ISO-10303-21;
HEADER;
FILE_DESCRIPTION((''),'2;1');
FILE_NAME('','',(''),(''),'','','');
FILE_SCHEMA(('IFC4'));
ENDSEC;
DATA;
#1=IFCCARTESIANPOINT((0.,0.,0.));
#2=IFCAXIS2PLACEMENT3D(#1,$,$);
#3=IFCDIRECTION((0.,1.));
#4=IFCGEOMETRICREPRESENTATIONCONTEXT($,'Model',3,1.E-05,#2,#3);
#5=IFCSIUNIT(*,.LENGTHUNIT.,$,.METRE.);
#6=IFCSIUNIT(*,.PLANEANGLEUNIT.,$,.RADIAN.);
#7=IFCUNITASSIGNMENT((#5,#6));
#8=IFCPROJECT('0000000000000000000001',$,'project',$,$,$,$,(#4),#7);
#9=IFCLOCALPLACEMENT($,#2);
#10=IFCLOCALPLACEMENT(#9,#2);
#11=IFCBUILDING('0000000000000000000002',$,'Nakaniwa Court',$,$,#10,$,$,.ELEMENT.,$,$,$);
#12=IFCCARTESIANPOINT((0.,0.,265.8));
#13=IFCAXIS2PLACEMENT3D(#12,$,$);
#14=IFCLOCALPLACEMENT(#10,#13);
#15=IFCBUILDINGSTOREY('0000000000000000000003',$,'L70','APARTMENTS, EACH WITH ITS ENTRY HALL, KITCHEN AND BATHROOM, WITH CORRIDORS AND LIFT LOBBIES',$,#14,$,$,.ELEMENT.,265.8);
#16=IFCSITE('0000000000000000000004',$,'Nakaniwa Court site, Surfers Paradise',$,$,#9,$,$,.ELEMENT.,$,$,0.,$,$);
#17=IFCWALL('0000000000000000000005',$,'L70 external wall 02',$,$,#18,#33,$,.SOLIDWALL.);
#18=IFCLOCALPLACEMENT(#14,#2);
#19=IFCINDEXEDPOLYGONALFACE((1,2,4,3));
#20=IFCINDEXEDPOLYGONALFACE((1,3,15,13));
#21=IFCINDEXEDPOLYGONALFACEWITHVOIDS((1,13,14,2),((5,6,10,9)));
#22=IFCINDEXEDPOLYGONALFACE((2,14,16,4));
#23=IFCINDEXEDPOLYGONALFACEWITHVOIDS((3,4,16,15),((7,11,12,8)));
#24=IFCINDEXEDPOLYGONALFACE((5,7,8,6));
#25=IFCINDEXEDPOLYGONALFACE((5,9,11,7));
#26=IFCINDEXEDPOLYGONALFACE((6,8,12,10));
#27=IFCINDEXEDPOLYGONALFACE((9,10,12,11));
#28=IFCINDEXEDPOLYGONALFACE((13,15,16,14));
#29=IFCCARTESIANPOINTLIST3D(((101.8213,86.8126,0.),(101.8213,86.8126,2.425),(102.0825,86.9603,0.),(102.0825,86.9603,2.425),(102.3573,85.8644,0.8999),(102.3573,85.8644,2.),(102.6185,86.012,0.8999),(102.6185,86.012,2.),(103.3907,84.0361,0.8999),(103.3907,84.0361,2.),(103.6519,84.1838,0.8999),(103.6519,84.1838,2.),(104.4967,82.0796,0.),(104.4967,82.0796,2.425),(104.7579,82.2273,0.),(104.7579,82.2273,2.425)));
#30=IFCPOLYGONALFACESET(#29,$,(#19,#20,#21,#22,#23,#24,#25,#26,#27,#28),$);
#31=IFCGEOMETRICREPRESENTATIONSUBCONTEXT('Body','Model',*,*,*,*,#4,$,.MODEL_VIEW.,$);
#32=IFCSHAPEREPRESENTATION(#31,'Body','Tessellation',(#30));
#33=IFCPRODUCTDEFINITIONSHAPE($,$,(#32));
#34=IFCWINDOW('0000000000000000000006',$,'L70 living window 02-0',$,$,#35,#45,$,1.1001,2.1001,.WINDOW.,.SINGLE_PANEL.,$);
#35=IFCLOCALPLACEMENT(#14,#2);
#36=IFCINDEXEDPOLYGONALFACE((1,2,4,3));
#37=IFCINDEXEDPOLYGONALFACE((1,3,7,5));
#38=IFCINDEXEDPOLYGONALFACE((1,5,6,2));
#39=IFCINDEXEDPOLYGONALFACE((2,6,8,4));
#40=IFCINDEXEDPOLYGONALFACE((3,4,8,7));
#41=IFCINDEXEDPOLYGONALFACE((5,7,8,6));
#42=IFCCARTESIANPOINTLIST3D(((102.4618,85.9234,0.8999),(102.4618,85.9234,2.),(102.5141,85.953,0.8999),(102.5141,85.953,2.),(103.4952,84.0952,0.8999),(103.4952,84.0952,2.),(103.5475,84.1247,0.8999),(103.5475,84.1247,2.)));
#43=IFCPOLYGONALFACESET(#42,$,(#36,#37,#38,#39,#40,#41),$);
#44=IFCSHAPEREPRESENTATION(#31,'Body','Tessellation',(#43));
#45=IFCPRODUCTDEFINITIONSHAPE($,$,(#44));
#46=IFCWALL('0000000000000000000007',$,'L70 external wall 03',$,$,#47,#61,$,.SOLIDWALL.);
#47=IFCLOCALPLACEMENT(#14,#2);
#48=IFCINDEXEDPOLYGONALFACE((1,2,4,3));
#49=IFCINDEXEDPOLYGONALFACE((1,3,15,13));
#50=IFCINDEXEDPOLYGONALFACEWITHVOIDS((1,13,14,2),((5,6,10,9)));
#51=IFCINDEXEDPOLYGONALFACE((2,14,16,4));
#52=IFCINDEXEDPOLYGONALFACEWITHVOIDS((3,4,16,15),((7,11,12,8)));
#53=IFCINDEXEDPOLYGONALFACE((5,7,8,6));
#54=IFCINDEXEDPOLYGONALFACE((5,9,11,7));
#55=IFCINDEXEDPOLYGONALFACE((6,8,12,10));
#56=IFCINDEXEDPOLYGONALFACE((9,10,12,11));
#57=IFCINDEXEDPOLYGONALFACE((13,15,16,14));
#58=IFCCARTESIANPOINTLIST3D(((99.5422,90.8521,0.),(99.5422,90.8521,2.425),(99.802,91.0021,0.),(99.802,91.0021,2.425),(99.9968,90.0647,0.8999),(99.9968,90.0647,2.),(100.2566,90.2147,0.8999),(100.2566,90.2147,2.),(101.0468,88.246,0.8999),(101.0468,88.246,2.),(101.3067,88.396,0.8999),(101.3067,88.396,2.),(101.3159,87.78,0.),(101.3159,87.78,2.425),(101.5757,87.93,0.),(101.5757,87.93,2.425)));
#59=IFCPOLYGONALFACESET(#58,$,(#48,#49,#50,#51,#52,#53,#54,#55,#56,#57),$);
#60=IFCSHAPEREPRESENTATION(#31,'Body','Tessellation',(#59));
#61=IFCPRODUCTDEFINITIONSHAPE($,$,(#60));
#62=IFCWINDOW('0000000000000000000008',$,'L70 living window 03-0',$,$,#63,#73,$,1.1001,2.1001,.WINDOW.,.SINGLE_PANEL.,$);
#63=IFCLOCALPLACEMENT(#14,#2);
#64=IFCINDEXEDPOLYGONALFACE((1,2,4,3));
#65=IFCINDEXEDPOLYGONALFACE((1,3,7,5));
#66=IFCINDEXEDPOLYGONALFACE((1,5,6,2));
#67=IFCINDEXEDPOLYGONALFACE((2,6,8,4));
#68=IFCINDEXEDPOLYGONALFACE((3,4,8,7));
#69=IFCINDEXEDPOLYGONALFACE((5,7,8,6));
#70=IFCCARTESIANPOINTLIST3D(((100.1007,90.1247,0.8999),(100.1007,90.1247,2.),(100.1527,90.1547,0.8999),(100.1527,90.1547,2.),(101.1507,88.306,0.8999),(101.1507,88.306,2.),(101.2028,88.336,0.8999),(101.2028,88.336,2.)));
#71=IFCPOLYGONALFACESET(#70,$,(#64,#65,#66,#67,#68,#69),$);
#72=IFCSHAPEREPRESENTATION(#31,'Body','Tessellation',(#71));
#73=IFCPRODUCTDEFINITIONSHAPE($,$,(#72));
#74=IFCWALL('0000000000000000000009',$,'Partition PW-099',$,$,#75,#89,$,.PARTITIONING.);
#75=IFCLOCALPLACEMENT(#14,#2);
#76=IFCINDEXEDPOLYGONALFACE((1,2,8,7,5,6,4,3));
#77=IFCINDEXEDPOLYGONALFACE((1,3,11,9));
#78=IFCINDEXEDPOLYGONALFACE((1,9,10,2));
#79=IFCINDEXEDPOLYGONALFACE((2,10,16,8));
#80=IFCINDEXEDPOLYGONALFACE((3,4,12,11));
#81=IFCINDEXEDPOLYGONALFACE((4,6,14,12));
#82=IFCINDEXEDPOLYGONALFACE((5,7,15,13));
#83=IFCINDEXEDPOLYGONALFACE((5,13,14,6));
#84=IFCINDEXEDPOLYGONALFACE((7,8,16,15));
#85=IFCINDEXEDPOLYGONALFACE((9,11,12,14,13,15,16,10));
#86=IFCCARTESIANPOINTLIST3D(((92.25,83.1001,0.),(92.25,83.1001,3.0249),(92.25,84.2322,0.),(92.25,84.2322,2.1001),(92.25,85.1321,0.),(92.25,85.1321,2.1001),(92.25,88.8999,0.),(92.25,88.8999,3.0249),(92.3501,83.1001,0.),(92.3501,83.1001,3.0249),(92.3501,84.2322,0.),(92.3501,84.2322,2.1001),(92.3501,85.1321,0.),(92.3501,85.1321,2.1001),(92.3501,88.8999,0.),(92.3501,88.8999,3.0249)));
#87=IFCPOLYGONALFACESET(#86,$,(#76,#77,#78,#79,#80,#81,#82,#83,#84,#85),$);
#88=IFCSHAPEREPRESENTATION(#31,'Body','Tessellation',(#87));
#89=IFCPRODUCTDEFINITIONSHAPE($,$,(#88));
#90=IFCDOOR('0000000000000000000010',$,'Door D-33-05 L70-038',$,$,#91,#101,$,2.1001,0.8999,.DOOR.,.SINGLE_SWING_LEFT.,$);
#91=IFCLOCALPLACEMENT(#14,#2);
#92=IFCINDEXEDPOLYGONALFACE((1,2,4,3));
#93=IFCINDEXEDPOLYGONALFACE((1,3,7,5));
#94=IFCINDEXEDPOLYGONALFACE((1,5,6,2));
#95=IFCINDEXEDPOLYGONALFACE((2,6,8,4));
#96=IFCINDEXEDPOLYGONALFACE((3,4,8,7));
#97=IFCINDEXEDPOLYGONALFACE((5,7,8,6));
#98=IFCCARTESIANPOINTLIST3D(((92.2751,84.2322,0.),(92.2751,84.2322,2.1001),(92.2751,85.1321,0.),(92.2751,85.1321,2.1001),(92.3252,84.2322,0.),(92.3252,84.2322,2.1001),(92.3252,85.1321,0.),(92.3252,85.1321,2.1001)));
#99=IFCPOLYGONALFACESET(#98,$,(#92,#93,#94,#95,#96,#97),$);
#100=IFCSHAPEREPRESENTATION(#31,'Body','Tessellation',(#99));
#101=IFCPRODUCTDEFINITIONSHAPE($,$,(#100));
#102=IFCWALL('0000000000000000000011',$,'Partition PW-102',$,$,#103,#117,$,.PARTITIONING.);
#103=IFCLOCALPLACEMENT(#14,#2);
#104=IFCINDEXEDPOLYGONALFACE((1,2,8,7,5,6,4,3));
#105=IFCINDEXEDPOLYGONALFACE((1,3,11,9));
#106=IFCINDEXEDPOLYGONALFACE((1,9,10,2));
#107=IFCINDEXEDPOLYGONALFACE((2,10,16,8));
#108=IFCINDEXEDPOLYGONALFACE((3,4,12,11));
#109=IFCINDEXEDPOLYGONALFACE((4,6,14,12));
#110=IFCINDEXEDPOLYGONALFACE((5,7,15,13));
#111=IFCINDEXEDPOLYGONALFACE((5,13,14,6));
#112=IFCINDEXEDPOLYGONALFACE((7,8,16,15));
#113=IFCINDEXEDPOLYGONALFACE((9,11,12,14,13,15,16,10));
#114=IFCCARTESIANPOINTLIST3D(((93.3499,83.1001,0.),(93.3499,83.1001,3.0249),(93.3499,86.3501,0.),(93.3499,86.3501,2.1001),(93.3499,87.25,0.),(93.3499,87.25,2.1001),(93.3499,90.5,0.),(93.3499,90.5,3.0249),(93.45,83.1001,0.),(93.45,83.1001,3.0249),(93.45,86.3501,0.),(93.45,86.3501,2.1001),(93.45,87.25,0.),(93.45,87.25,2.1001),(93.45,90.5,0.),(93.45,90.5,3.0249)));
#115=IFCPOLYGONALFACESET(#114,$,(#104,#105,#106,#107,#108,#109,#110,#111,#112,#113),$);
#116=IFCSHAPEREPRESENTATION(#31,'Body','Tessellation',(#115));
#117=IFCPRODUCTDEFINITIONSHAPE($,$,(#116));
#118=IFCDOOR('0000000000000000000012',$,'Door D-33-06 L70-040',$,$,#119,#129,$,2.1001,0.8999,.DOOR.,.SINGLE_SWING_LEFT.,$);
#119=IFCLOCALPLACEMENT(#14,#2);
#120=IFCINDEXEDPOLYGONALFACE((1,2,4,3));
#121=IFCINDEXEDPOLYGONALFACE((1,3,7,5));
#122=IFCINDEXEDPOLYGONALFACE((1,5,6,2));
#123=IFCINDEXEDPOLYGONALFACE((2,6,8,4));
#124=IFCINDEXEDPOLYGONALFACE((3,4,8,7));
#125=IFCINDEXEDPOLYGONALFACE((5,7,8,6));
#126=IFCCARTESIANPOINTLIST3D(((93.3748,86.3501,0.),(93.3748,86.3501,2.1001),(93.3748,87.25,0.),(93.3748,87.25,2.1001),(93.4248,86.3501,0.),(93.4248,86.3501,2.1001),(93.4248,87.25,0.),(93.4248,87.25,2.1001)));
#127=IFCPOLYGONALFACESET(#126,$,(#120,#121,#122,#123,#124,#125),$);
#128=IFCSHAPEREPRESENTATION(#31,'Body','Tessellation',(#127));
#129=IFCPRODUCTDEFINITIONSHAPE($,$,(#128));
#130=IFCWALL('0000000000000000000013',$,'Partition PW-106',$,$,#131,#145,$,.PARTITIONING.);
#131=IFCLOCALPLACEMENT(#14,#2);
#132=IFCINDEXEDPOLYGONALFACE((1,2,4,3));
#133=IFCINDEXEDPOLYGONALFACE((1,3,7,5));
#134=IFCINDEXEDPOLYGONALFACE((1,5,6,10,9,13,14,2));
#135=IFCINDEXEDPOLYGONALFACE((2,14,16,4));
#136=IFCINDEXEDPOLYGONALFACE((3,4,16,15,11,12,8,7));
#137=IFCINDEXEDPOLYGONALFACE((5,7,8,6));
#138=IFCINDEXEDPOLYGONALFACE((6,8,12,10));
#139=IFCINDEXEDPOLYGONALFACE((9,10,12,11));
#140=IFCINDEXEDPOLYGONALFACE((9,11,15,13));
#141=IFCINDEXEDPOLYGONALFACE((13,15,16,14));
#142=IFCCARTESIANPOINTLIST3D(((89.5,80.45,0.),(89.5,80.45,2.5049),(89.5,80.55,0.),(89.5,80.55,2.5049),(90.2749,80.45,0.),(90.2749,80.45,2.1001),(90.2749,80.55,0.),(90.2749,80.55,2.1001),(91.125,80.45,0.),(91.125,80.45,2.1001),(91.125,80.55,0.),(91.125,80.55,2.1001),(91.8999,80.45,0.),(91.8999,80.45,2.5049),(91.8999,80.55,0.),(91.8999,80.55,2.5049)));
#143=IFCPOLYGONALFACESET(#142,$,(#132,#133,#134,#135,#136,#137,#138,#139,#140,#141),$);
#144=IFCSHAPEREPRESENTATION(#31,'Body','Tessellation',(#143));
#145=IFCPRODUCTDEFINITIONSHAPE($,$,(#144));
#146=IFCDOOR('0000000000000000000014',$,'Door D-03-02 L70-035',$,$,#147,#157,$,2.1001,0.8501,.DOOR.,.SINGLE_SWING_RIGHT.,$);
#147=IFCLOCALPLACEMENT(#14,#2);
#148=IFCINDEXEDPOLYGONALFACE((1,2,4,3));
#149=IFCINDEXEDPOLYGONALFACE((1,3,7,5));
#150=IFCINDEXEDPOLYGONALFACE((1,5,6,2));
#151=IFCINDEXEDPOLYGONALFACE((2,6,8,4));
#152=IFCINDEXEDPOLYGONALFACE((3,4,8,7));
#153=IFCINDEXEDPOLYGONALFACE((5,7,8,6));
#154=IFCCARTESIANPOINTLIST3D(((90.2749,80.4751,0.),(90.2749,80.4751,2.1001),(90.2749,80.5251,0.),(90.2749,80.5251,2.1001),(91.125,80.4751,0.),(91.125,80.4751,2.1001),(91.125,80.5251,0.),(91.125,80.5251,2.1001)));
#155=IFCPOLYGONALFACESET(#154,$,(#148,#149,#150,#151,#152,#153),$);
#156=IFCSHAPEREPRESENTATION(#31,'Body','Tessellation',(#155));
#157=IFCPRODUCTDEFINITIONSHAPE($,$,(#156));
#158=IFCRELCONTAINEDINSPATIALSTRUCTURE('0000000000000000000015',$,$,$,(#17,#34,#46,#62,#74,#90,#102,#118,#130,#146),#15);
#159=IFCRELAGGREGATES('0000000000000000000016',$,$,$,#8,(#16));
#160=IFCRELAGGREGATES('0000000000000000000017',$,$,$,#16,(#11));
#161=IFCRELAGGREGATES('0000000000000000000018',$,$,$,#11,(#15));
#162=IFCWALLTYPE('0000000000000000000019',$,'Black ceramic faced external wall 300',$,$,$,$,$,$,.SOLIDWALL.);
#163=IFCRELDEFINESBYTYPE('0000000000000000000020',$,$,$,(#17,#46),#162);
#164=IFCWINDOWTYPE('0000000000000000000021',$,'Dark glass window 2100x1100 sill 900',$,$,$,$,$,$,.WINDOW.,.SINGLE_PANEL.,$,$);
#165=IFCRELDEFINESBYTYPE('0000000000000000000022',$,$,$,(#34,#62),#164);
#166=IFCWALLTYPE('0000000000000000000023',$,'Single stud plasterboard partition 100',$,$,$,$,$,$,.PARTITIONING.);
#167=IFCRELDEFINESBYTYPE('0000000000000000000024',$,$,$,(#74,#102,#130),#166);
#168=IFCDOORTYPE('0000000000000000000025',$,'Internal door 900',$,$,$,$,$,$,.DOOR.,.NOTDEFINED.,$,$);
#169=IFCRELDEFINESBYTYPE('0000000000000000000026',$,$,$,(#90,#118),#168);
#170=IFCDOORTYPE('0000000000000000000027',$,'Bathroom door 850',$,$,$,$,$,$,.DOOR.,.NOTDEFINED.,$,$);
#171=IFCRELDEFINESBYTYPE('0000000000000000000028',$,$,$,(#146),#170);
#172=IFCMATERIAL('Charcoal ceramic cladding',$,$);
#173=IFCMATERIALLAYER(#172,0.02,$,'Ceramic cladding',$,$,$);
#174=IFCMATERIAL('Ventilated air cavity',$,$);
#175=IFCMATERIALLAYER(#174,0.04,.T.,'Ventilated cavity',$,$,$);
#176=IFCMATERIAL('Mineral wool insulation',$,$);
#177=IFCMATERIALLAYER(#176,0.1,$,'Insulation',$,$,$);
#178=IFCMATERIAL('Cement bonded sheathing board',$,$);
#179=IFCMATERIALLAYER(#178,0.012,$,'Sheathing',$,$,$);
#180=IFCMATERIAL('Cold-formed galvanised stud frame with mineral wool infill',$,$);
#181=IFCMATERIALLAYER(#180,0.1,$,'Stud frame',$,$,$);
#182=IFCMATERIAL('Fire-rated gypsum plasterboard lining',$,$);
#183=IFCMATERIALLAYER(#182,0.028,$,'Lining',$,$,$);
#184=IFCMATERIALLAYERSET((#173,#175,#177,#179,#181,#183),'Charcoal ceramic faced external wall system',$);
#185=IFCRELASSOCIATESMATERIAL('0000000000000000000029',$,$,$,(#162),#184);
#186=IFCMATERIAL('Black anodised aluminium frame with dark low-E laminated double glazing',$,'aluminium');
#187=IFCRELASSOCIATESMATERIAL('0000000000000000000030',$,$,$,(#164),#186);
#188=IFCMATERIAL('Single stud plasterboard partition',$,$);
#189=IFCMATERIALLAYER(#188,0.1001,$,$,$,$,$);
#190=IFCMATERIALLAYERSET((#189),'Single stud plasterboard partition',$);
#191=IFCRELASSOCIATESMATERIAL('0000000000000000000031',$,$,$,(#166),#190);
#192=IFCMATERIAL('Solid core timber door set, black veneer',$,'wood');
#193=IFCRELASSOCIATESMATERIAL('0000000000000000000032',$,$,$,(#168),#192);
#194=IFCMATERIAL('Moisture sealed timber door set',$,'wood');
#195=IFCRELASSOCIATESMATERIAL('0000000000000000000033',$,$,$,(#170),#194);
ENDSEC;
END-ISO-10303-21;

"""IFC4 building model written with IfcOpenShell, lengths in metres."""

from ifc_helpers import new_model, si_unit, direction, frame, frame_2d, origin, place, context, subcontext, project, spatial, rectangle, extrude, material, layer, layer_set, type_object, element, fill, save


model = new_model("IFC4")

# Units and contexts
model_context = context("Model", 3, precision=1e-05, world=origin(), true_north=direction((0.0, 1.0)))
body_context = subcontext(model_context, "Body", "Model", "MODEL_VIEW")
ifc_project = project(units=[si_unit("LENGTHUNIT", "METRE"), si_unit("PLANEANGLEUNIT", "RADIAN")], contexts=[model_context])

# Site, building, storey
site_placement = place(None, origin())
site = spatial("IfcSite", under=ifc_project, at=site_placement, Name="Nakaniwa Court site, Surfers Paradise", CompositionType="ELEMENT", RefElevation=0.0)
building_placement = place(site_placement, origin())
building = spatial("IfcBuilding", under=site, at=building_placement, Name="Nakaniwa Court", CompositionType="ELEMENT")
storey_placement = place(building_placement, frame((0.0, 0.0, 265.8)))
storey = spatial("IfcBuildingStorey", under=building, at=storey_placement, Name="L70", Description="APARTMENTS, EACH WITH ITS ENTRY HALL, KITCHEN AND BATHROOM, WITH CORRIDORS AND LIFT LOBBIES", CompositionType="ELEMENT", Elevation=265.8)

# Shared definitions
ifc_material_1 = material(Name="Charcoal ceramic cladding")
ifc_layer_1 = layer(ifc_material_1, 0.02, Name="Ceramic cladding")
ifc_material_2 = material(Name="Ventilated air cavity")
ifc_layer_2 = layer(ifc_material_2, 0.04, ventilated=True, Name="Ventilated cavity")
ifc_material_3 = material(Name="Mineral wool insulation")
ifc_layer_3 = layer(ifc_material_3, 0.1, Name="Insulation")
ifc_material_4 = material(Name="Cement bonded sheathing board")
ifc_layer_4 = layer(ifc_material_4, 0.012, Name="Sheathing")
ifc_material_5 = material(Name="Cold-formed galvanised stud frame with mineral wool infill")
ifc_layer_5 = layer(ifc_material_5, 0.1, Name="Stud frame")
ifc_material_6 = material(Name="Fire-rated gypsum plasterboard lining")
ifc_layer_6 = layer(ifc_material_6, 0.028, Name="Lining")
ifc_layer_set_1 = layer_set([ifc_layer_1, ifc_layer_2, ifc_layer_3, ifc_layer_4, ifc_layer_5, ifc_layer_6], Name="Charcoal ceramic faced external wall system")
wall_type_1 = type_object("IfcWallType", Name="Black ceramic faced external wall 300", PredefinedType="SOLIDWALL", material=ifc_layer_set_1)

# Walls, openings, windows
wall_1_placement = place(storey_placement, frame((104.6272, 82.1536, 0.0), z_axis=(0.0, 0.0, 1.0), x_axis=(-0.492081, 0.870549, 0.0)))
wall_1 = element("IfcWall", 1, at=wall_1_placement, inside=storey, type_object=wall_type_1, Name="L70 external wall 02", PredefinedType="SOLIDWALL", context=body_context, shape_type="SweptSolid", body=[
    extrude(rectangle(XDim=5.4368, YDim=0.3, at=frame_2d((2.7183, 0.0))), origin(), (0.0, 0.0, 1.0), 2.425),
])
opening_1_placement = place(wall_1_placement, frame((2.2473, 0.0, 0.8999)))
opening_1 = element("IfcOpeningElement", 2, at=opening_1_placement, cuts=wall_1, PredefinedType="OPENING", context=body_context, shape_type="SweptSolid", body=[
    extrude(rectangle(XDim=2.1001, YDim=1.1001, at=frame_2d((1.05, 0.55))), frame((0.0, 0.1599, 0.0), z_axis=(0.0, -1.0, 0.0), x_axis=(1.0, 0.0, 0.0)), (0.0, 0.0, 1.0), 0.3201),
])
ifc_material_7 = material(Name="Black anodised aluminium frame with dark low-E laminated double glazing", Category="aluminium")
window_type = type_object("IfcWindowType", Name="Dark glass window 2100x1100 sill 900", PartitioningType="SINGLE_PANEL", PredefinedType="WINDOW", material=ifc_material_7)
window_1_placement = place(opening_1_placement, origin())
window_1 = element("IfcWindow", 3, at=window_1_placement, inside=storey, type_object=window_type, Name="L70 living window 02-0", OverallHeight=1.1001, OverallWidth=2.1001, PartitioningType="SINGLE_PANEL", PredefinedType="WINDOW", context=body_context, shape_type="SweptSolid", body=[
    extrude(rectangle(XDim=2.1001, YDim=1.1001, at=frame_2d((1.05, 0.55))), frame((0.0, 0.03, 0.0), z_axis=(0.0, -1.0, 0.0), x_axis=(1.0, 0.0, 0.0)), (0.0, 0.0, 1.0), 0.0601),
])
fill(opening_1, window_1)
wall_2_placement = place(storey_placement, frame((101.4458, 87.855, 0.0), z_axis=(0.0, 0.0, 1.0), x_axis=(-0.50001, 0.866019, 0.0)))
wall_2 = element("IfcWall", 4, at=wall_2_placement, inside=storey, type_object=wall_type_1, Name="L70 external wall 03", PredefinedType="SOLIDWALL", context=body_context, shape_type="SweptSolid", body=[
    extrude(rectangle(XDim=3.5474, YDim=0.3, at=frame_2d((1.7737, 0.0))), origin(), (0.0, 0.0, 1.0), 2.425),
])
opening_2_placement = place(wall_2_placement, frame((0.5381, 0.0, 0.8999)))
opening_2 = element("IfcOpeningElement", 5, at=opening_2_placement, cuts=wall_2, PredefinedType="OPENING", context=body_context, shape_type="SweptSolid", body=[
    extrude(rectangle(XDim=2.1001, YDim=1.1001, at=frame_2d((1.05, 0.55))), frame((0.0, 0.1599, 0.0), z_axis=(0.0, -1.0, 0.0), x_axis=(1.0, 0.0, 0.0)), (0.0, 0.0, 1.0), 0.3201),
])
window_2_placement = place(opening_2_placement, origin())
window_2 = element("IfcWindow", 6, at=window_2_placement, inside=storey, type_object=window_type, Name="L70 living window 03-0", OverallHeight=1.1001, OverallWidth=2.1001, PartitioningType="SINGLE_PANEL", PredefinedType="WINDOW", context=body_context, shape_type="SweptSolid", body=[
    extrude(rectangle(XDim=2.1001, YDim=1.1001, at=frame_2d((1.05, 0.55))), frame((0.0, 0.03, 0.0), z_axis=(0.0, -1.0, 0.0), x_axis=(1.0, 0.0, 0.0)), (0.0, 0.0, 1.0), 0.0601),
])
fill(opening_2, window_2)

# Walls, openings, doors
ifc_material_8 = material(Name="Single stud plasterboard partition")
ifc_layer_7 = layer(ifc_material_8, 0.1001)
ifc_layer_set_2 = layer_set([ifc_layer_7], Name="Single stud plasterboard partition")
wall_type_2 = type_object("IfcWallType", Name="Single stud plasterboard partition 100", PredefinedType="PARTITIONING", material=ifc_layer_set_2)
wall_3_placement = place(storey_placement, frame((92.3, 83.1001, 0.0), z_axis=(0.0, 0.0, 1.0), x_axis=(0.0, 1.0, 0.0)))
wall_3 = element("IfcWall", 7, at=wall_3_placement, inside=storey, type_object=wall_type_2, Name="Partition PW-099", PredefinedType="PARTITIONING", context=body_context, shape_type="SweptSolid", body=[
    extrude(rectangle(XDim=5.7998, YDim=0.1001, at=frame_2d((2.8999, 0.0))), origin(), (0.0, 0.0, 1.0), 3.0249),
])
opening_3_placement = place(wall_3_placement, frame((1.1321, 0.0, 0.0)))
opening_3 = element("IfcOpeningElement", 8, at=opening_3_placement, cuts=wall_3, PredefinedType="OPENING", context=body_context, shape_type="SweptSolid", body=[
    extrude(rectangle(XDim=0.8999, YDim=2.1001, at=frame_2d((0.45, 1.05))), frame((0.0, 0.0601, 0.0), z_axis=(0.0, -1.0, 0.0), x_axis=(1.0, 0.0, 0.0)), (0.0, 0.0, 1.0), 0.1201),
])
ifc_material_9 = material(Name="Solid core timber door set, black veneer", Category="wood")
door_type_1 = type_object("IfcDoorType", Name="Internal door 900", OperationType="NOTDEFINED", PredefinedType="DOOR", material=ifc_material_9)
door_1_placement = place(opening_3_placement, origin())
door_1 = element("IfcDoor", 9, at=door_1_placement, inside=storey, type_object=door_type_1, Name="Door D-33-05 L70-038", OperationType="SINGLE_SWING_LEFT", OverallHeight=2.1001, OverallWidth=0.8999, PredefinedType="DOOR", context=body_context, shape_type="SweptSolid", body=[
    extrude(rectangle(XDim=0.8999, YDim=2.1001, at=frame_2d((0.45, 1.05))), frame((0.0, 0.0249, 0.0), z_axis=(0.0, -1.0, 0.0), x_axis=(1.0, 0.0, 0.0)), (0.0, 0.0, 1.0), 0.05),
])
fill(opening_3, door_1)
wall_4_placement = place(storey_placement, frame((93.3999, 90.5, 0.0), z_axis=(0.0, 0.0, 1.0), x_axis=(0.0, -1.0, 0.0)))
wall_4 = element("IfcWall", 10, at=wall_4_placement, inside=storey, type_object=wall_type_2, Name="Partition PW-102", PredefinedType="PARTITIONING", context=body_context, shape_type="SweptSolid", body=[
    extrude(rectangle(XDim=7.3999, YDim=0.1001, at=frame_2d((3.7, 0.0))), origin(), (0.0, 0.0, 1.0), 3.0249),
])
opening_4_placement = place(wall_4_placement, frame((3.25, 0.0, 0.0)))
opening_4 = element("IfcOpeningElement", 11, at=opening_4_placement, cuts=wall_4, PredefinedType="OPENING", context=body_context, shape_type="SweptSolid", body=[
    extrude(rectangle(XDim=0.8999, YDim=2.1001, at=frame_2d((0.45, 1.05))), frame((0.0, 0.0601, 0.0), z_axis=(0.0, -1.0, 0.0), x_axis=(1.0, 0.0, 0.0)), (0.0, 0.0, 1.0), 0.1201),
])
door_2_placement = place(opening_4_placement, origin())
door_2 = element("IfcDoor", 12, at=door_2_placement, inside=storey, type_object=door_type_1, Name="Door D-33-06 L70-040", OperationType="SINGLE_SWING_LEFT", OverallHeight=2.1001, OverallWidth=0.8999, PredefinedType="DOOR", context=body_context, shape_type="SweptSolid", body=[
    extrude(rectangle(XDim=0.8999, YDim=2.1001, at=frame_2d((0.45, 1.05))), frame((0.0, 0.0249, 0.0), z_axis=(0.0, -1.0, 0.0), x_axis=(1.0, 0.0, 0.0)), (0.0, 0.0, 1.0), 0.05),
])
fill(opening_4, door_2)
wall_5_placement = place(storey_placement, frame((91.8999, 80.5, 0.0), z_axis=(0.0, 0.0, 1.0), x_axis=(-1.0, 0.0, 0.0)))
wall_5 = element("IfcWall", 13, at=wall_5_placement, inside=storey, type_object=wall_type_2, Name="Partition PW-106", PredefinedType="PARTITIONING", context=body_context, shape_type="SweptSolid", body=[
    extrude(rectangle(XDim=2.3999, YDim=0.1001, at=frame_2d((1.2, 0.0))), origin(), (0.0, 0.0, 1.0), 2.5049),
])
opening_5_placement = place(wall_5_placement, frame((0.7749, 0.0, 0.0)))
opening_5 = element("IfcOpeningElement", 14, at=opening_5_placement, cuts=wall_5, PredefinedType="OPENING", context=body_context, shape_type="SweptSolid", body=[
    extrude(rectangle(XDim=0.8501, YDim=2.1001, at=frame_2d((0.425, 1.05))), frame((0.0, 0.0601, 0.0), z_axis=(0.0, -1.0, 0.0), x_axis=(1.0, 0.0, 0.0)), (0.0, 0.0, 1.0), 0.1201),
])
ifc_material_10 = material(Name="Moisture sealed timber door set", Category="wood")
door_type_2 = type_object("IfcDoorType", Name="Bathroom door 850", OperationType="NOTDEFINED", PredefinedType="DOOR", material=ifc_material_10)
door_3_placement = place(opening_5_placement, origin())
door_3 = element("IfcDoor", 15, at=door_3_placement, inside=storey, type_object=door_type_2, Name="Door D-03-02 L70-035", OperationType="SINGLE_SWING_RIGHT", OverallHeight=2.1001, OverallWidth=0.8501, PredefinedType="DOOR", context=body_context, shape_type="SweptSolid", body=[
    extrude(rectangle(XDim=0.8501, YDim=2.1001, at=frame_2d((0.425, 1.05))), frame((0.0, 0.0249, 0.0), z_axis=(0.0, -1.0, 0.0), x_axis=(1.0, 0.0, 0.0)), (0.0, 0.0, 1.0), 0.05),
])
fill(opening_5, door_3)

save(model, "model.ifc")
